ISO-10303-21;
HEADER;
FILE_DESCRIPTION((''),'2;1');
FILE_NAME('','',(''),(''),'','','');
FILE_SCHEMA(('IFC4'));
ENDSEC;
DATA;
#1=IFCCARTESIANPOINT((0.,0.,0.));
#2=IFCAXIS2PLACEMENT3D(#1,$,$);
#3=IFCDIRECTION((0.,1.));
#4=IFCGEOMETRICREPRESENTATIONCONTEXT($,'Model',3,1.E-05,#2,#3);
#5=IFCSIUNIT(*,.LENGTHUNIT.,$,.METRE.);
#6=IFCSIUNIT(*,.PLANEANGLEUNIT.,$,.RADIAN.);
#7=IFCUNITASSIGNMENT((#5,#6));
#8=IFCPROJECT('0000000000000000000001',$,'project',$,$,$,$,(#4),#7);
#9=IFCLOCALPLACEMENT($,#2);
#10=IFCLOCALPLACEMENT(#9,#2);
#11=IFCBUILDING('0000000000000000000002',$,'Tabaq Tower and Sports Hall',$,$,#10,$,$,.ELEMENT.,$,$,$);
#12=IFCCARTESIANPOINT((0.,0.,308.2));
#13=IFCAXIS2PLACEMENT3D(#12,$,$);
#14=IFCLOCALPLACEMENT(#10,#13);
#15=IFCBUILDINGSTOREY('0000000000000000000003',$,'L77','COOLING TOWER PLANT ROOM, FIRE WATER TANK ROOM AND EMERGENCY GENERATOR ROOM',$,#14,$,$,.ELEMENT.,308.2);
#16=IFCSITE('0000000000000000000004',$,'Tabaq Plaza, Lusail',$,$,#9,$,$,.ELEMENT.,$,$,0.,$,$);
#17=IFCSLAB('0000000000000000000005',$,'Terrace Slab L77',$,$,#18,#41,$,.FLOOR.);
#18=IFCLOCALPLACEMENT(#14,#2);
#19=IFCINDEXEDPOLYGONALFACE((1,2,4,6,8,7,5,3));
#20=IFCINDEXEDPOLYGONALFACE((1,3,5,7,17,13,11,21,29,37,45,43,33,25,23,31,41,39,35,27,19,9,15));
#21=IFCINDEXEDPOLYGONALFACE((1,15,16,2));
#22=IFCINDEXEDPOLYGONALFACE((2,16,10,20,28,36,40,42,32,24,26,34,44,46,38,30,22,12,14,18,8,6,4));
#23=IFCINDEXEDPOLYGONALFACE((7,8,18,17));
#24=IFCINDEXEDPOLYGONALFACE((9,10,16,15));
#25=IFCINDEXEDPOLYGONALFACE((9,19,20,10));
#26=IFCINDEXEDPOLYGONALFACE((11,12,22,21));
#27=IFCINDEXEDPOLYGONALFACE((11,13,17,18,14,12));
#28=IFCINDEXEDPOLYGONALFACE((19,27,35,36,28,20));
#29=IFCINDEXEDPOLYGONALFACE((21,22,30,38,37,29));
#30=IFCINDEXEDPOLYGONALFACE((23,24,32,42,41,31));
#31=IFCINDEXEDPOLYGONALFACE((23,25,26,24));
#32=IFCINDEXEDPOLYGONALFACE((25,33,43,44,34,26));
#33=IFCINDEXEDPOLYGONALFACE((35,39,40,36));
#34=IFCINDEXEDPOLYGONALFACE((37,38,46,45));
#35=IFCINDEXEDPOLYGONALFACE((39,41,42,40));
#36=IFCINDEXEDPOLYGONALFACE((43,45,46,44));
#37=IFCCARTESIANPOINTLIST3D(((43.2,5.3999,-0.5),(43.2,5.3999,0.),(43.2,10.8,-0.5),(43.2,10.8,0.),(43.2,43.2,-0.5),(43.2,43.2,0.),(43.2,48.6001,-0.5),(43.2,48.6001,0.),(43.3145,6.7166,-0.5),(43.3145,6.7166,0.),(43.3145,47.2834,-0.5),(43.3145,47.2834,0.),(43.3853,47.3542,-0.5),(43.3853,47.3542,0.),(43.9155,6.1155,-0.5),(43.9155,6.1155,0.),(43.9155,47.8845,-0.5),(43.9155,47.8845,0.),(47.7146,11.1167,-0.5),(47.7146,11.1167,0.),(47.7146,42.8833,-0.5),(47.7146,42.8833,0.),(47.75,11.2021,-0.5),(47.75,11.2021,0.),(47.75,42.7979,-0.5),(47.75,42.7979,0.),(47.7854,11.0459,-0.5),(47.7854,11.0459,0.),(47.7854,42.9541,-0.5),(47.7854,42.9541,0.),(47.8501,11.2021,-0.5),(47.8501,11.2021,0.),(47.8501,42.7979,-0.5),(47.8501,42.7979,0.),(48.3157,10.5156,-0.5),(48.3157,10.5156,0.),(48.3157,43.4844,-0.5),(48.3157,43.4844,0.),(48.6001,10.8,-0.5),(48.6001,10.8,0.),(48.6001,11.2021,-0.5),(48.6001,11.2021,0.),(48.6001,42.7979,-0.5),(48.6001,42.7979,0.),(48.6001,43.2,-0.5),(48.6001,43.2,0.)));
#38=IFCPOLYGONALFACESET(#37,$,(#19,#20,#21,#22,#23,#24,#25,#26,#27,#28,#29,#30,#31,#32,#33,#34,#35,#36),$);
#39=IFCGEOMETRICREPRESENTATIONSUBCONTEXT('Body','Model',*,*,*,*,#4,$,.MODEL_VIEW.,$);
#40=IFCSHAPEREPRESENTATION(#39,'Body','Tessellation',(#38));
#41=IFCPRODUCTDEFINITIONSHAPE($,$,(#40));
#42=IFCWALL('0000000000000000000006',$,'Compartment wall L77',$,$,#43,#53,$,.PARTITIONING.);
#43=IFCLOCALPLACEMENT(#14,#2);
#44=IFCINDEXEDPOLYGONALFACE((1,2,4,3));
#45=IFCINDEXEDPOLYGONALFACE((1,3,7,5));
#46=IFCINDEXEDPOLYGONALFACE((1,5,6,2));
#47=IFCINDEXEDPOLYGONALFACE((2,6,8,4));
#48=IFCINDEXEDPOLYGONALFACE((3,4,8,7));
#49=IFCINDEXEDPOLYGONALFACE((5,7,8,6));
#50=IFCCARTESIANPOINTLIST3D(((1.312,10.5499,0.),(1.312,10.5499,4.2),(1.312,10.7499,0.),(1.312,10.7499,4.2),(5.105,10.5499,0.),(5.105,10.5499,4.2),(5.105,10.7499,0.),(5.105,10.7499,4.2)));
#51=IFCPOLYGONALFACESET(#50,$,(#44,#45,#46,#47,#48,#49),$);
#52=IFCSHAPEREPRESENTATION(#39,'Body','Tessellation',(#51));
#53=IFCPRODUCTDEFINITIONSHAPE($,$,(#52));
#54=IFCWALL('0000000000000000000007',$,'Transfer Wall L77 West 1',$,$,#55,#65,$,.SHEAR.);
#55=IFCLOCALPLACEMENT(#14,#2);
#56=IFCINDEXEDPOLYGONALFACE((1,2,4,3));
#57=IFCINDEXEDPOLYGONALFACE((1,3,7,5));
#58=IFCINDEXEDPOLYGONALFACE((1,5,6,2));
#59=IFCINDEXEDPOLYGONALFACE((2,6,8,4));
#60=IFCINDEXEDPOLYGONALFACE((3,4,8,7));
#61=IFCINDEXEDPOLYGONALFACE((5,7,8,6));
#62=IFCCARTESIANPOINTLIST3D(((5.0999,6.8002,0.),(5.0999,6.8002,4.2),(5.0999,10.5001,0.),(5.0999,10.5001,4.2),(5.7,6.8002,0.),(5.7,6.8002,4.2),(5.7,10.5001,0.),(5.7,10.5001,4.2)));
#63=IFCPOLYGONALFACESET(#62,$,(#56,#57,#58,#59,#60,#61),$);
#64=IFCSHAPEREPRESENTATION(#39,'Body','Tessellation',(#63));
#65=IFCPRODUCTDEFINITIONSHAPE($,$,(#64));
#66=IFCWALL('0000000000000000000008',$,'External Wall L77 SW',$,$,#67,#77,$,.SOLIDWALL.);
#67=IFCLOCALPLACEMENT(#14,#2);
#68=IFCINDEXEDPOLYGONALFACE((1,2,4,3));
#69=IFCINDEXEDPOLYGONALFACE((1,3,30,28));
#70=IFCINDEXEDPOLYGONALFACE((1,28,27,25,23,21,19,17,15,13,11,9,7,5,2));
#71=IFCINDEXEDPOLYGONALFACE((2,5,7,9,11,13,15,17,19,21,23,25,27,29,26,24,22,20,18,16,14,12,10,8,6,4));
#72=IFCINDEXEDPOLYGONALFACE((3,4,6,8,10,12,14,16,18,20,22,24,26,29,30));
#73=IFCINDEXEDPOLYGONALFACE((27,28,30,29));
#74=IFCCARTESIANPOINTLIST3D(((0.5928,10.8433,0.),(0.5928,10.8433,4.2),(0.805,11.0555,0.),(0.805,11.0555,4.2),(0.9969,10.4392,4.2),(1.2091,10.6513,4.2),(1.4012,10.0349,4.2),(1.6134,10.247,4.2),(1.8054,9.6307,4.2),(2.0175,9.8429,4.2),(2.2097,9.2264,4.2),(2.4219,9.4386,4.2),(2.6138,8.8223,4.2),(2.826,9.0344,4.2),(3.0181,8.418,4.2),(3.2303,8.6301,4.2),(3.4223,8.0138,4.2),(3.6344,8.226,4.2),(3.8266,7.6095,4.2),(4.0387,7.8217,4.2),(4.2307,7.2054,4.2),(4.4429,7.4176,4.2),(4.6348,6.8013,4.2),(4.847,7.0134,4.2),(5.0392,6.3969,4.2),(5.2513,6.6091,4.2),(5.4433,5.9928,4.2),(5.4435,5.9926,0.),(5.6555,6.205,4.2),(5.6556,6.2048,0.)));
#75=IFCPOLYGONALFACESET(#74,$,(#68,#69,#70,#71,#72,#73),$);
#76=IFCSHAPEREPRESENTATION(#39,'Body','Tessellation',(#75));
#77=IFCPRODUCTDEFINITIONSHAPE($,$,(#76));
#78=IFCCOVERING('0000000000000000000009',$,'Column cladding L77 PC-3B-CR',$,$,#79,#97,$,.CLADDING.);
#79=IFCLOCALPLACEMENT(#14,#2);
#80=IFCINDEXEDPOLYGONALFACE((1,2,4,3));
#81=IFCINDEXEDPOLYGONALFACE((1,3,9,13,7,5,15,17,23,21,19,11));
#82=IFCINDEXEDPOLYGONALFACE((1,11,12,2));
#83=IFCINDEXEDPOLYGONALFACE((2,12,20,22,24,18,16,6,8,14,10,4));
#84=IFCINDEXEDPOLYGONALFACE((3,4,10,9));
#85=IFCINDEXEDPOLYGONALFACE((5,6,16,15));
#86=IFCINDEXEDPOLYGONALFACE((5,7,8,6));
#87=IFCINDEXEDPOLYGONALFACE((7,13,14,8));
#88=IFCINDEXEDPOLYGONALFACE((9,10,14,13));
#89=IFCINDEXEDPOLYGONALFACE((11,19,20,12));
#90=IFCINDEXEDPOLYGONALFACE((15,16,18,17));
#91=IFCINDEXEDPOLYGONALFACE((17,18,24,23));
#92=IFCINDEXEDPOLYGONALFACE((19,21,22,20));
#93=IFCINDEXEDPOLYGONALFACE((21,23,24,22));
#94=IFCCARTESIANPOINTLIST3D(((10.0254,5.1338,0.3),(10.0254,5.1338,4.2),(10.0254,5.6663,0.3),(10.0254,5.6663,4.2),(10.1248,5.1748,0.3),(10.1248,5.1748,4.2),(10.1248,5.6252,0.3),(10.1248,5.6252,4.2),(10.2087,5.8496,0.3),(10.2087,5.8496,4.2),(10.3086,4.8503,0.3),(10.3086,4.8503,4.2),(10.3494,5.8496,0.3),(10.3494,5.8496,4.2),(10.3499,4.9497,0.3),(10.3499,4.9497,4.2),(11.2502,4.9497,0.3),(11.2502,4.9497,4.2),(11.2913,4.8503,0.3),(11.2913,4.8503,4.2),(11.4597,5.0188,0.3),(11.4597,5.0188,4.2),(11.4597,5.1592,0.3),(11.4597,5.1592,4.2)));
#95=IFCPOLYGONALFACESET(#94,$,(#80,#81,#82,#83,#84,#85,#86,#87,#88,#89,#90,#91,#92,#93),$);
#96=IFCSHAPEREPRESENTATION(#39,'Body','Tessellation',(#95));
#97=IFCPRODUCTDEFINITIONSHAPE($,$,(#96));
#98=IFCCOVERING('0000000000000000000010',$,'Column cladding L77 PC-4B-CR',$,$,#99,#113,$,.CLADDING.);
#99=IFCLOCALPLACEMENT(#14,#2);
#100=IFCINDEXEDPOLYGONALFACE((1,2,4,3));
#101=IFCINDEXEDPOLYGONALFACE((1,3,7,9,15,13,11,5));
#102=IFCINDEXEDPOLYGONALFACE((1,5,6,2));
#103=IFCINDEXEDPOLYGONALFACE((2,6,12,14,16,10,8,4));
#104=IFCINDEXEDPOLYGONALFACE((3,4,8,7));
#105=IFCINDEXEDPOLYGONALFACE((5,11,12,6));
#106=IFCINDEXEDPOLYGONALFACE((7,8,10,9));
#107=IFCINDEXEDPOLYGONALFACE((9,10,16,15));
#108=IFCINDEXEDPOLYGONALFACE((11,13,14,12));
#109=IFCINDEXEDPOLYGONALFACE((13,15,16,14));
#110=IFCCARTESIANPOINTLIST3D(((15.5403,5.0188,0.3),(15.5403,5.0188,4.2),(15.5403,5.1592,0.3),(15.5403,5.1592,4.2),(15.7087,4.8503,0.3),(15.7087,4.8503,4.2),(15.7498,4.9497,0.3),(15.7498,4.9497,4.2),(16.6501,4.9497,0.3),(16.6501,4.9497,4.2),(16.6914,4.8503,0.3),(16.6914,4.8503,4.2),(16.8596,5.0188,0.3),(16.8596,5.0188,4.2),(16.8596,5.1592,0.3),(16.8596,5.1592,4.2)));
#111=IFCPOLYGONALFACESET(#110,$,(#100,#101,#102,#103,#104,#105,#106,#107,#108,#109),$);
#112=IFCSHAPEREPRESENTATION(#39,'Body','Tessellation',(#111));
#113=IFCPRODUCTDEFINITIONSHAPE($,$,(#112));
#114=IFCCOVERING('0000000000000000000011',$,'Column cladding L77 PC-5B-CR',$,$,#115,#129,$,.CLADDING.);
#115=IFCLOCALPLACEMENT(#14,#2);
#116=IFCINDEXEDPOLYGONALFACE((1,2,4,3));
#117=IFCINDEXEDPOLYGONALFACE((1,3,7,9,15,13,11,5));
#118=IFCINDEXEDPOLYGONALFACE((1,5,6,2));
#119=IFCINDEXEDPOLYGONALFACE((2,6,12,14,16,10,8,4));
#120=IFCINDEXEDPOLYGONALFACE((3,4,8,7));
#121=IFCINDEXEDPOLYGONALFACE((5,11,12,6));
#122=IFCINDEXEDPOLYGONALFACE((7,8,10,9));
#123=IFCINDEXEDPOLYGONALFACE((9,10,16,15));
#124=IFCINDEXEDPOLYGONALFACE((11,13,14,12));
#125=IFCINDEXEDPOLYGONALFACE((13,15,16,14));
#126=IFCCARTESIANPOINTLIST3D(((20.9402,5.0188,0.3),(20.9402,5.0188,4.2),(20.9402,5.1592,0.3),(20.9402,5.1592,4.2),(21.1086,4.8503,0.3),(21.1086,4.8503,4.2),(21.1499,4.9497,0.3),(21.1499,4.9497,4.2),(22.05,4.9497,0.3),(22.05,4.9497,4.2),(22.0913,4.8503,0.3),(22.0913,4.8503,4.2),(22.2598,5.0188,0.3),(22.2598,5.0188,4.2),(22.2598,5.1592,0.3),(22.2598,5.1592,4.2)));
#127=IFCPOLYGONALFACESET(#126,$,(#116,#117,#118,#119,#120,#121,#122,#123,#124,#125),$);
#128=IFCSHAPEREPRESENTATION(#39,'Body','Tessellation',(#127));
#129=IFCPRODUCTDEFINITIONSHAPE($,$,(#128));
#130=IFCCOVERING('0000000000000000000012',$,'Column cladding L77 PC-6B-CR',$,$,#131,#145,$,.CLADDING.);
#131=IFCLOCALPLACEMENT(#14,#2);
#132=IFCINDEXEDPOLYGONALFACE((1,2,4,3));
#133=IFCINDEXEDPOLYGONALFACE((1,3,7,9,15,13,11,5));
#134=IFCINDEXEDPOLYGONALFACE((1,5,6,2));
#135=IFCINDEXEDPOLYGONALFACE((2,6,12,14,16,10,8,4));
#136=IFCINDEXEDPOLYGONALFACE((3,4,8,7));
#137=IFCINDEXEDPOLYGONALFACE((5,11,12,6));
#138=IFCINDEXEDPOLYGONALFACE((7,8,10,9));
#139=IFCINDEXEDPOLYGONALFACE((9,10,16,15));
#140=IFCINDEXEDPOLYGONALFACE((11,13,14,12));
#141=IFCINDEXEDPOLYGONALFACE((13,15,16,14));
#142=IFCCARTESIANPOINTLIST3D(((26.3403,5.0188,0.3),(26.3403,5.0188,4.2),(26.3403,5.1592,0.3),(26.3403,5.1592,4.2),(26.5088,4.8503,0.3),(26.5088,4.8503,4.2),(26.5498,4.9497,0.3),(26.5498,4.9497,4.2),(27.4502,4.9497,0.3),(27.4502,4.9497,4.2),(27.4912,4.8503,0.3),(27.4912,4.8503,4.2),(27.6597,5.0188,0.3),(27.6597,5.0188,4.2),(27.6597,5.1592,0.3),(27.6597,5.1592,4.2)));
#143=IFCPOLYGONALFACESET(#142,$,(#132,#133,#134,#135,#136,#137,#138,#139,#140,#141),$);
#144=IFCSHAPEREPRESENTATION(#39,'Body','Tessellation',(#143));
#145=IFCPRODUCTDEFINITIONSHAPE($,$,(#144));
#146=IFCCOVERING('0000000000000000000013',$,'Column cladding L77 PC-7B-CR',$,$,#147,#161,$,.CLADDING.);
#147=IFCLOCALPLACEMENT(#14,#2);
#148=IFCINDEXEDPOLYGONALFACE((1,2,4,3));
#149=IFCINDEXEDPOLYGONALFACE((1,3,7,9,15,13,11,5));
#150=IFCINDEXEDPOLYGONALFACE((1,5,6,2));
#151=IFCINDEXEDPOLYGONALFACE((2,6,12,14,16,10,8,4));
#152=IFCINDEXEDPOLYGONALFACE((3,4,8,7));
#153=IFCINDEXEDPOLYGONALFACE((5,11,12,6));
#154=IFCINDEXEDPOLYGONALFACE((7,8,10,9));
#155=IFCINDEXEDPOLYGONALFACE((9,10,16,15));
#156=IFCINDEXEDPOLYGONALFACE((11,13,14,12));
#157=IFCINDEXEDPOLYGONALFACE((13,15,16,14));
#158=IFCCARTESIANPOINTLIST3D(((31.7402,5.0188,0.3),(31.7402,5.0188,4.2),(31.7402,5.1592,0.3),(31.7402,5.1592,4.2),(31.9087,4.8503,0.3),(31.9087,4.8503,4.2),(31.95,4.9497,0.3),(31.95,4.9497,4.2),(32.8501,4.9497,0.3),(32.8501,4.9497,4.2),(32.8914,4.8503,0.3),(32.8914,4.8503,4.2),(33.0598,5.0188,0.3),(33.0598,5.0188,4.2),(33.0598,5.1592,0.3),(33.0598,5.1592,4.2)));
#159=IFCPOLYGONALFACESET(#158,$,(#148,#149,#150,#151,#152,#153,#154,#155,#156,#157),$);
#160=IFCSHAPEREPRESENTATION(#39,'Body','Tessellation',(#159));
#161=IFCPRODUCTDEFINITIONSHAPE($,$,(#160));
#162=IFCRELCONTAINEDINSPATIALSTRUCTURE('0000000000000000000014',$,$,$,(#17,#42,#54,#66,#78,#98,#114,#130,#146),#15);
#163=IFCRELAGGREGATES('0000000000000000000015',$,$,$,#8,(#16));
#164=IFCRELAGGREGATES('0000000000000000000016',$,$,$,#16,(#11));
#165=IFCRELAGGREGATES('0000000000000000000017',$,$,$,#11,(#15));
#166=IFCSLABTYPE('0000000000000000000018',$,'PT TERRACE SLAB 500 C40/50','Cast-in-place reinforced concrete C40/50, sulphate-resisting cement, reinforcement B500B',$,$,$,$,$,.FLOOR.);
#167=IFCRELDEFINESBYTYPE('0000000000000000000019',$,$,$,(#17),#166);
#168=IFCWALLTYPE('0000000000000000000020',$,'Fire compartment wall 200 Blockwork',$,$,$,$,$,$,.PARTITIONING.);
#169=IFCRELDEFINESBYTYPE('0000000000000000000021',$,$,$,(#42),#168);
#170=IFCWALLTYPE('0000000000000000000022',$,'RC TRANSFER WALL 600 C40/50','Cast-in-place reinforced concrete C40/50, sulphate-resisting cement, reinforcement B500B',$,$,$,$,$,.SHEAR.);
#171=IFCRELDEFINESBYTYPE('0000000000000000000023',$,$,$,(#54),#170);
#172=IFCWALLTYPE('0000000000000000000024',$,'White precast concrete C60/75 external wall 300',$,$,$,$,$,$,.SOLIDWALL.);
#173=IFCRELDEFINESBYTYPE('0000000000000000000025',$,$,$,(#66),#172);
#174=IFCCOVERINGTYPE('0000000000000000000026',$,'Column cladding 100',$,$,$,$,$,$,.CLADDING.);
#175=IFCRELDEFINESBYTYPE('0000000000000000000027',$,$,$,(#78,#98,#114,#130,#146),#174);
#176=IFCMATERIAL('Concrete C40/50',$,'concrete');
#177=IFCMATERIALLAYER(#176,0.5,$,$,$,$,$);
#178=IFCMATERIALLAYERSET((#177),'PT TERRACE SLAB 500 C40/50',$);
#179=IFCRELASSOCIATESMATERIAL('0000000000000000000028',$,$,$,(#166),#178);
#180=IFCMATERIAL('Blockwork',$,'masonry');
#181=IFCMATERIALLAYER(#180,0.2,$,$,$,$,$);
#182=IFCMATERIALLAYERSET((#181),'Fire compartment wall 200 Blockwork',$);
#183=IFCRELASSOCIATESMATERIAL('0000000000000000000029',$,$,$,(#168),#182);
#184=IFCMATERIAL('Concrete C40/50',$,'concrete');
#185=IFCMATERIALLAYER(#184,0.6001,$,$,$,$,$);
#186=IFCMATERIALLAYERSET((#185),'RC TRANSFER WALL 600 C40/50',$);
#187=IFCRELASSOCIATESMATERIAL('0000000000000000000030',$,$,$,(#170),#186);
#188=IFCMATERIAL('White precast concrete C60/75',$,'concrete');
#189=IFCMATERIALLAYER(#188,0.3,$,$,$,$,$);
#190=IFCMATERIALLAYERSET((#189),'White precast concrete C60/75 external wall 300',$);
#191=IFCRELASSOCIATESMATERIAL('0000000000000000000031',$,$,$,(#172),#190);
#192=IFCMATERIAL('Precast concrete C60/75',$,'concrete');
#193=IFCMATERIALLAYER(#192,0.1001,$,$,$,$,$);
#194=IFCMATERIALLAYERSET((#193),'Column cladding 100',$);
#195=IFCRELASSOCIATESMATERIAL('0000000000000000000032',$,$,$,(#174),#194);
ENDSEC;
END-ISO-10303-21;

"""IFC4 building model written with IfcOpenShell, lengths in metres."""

from ifc_helpers import new_model, si_unit, direction, frame, frame_2d, origin, place, context, subcontext, project, spatial, polyline, rectangle, outline, extrude, material, layer, layer_set, type_object, element, save


model = new_model("IFC4")

# Units and contexts
model_context = context("Model", 3, precision=1e-05, world=origin(), true_north=direction((0.0, 1.0)))
body_context = subcontext(model_context, "Body", "Model", "MODEL_VIEW")
ifc_project = project(units=[si_unit("LENGTHUNIT", "METRE"), si_unit("PLANEANGLEUNIT", "RADIAN")], contexts=[model_context])

# Site, building, storey
site_placement = place(None, origin())
site = spatial("IfcSite", under=ifc_project, at=site_placement, Name="Tabaq Plaza, Lusail", CompositionType="ELEMENT", RefElevation=0.0)
building_placement = place(site_placement, origin())
building = spatial("IfcBuilding", under=site, at=building_placement, Name="Tabaq Tower and Sports Hall", CompositionType="ELEMENT")
storey_placement = place(building_placement, frame((0.0, 0.0, 308.2)))
storey = spatial("IfcBuildingStorey", under=building, at=storey_placement, Name="L77", Description="COOLING TOWER PLANT ROOM, FIRE WATER TANK ROOM AND EMERGENCY GENERATOR ROOM", CompositionType="ELEMENT", Elevation=308.2)

# Slab
ifc_material_1 = material(Name="Concrete C40/50", Category="concrete")
ifc_layer_1 = layer(ifc_material_1, 0.5)
ifc_layer_set_1 = layer_set([ifc_layer_1], Name="PT TERRACE SLAB 500 C40/50")
slab_type_1 = type_object("IfcSlabType", Name="PT TERRACE SLAB 500 C40/50", Description="Cast-in-place reinforced concrete C40/50, sulphate-resisting cement, reinforcement B500B", PredefinedType="FLOOR", material=ifc_layer_set_1)
slab_1_placement = place(storey_placement, frame((0.0, 0.0, -0.5)))
element("IfcSlab", 1, at=slab_1_placement, inside=storey, type_object=slab_type_1, Name="Terrace Slab L77", PredefinedType="FLOOR", context=body_context, shape_type="SweptSolid", body=[
    extrude(outline(polyline([(48.3157, 10.5156), (48.6001, 10.8), (48.6001, 11.2021), (47.8501, 11.2021), (47.75, 11.2021), (47.75, 42.7979), (47.8501, 42.7979), (48.6001, 42.7979), (48.6001, 43.2), (48.3157, 43.4844), (47.7854, 42.9541), (47.7146, 42.8833), (43.3145, 47.2834), (43.3853, 47.3542), (43.9155, 47.8845), (43.2, 48.6001), (43.2, 43.2), (43.2, 10.8), (43.2, 5.3999), (43.9155, 6.1155), (43.3145, 6.7166), (47.7146, 11.1167), (47.7854, 11.0459), (48.3157, 10.5156)])), origin(), (0.0, 0.0, 1.0), 0.5),
])

# Wall
ifc_material_2 = material(Name="Blockwork", Category="masonry")
ifc_layer_2 = layer(ifc_material_2, 0.2)
ifc_layer_set_2 = layer_set([ifc_layer_2], Name="Fire compartment wall 200 Blockwork")
wall_type_1 = type_object("IfcWallType", Name="Fire compartment wall 200 Blockwork", PredefinedType="PARTITIONING", material=ifc_layer_set_2)
wall_1_placement = place(storey_placement, frame((1.312, 10.6499, 0.0), z_axis=(0.0, 0.0, 1.0), x_axis=(1.0, 0.0, 0.0)))
element("IfcWall", 2, at=wall_1_placement, inside=storey, type_object=wall_type_1, Name="Compartment wall L77", PredefinedType="PARTITIONING", context=body_context, shape_type="SweptSolid", body=[
    extrude(rectangle(XDim=3.793, YDim=0.2, at=frame_2d((1.8965, 0.0))), origin(), (0.0, 0.0, 1.0), 4.2),
])

# Walls
ifc_material_3 = material(Name="Concrete C40/50", Category="concrete")
ifc_layer_3 = layer(ifc_material_3, 0.6001)
ifc_layer_set_3 = layer_set([ifc_layer_3], Name="RC TRANSFER WALL 600 C40/50")
wall_type_2 = type_object("IfcWallType", Name="RC TRANSFER WALL 600 C40/50", Description="Cast-in-place reinforced concrete C40/50, sulphate-resisting cement, reinforcement B500B", PredefinedType="SHEAR", material=ifc_layer_set_3)
wall_2_placement = place(storey_placement, frame((5.3999, 6.8, 0.0), z_axis=(0.0, 0.0, 1.0), x_axis=(0.0, 1.0, 0.0)))
element("IfcWall", 3, at=wall_2_placement, inside=storey, type_object=wall_type_2, Name="Transfer Wall L77 West 1", PredefinedType="SHEAR", context=body_context, shape_type="SweptSolid", body=[
    extrude(rectangle(XDim=3.7, YDim=0.6001, at=frame_2d((1.8501, 0.0))), origin(), (0.0, 0.0, 1.0), 4.2),
])
ifc_material_4 = material(Name="White precast concrete C60/75", Category="concrete")
ifc_layer_4 = layer(ifc_material_4, 0.3)
ifc_layer_set_4 = layer_set([ifc_layer_4], Name="White precast concrete C60/75 external wall 300")
wall_type_3 = type_object("IfcWallType", Name="White precast concrete C60/75 external wall 300", PredefinedType="SOLIDWALL", material=ifc_layer_set_4)
wall_3_placement = place(storey_placement, frame((0.699, 10.9495, 0.0), z_axis=(0.0, 0.0, 1.0), x_axis=(0.707107, -0.707107, 0.0)))
element("IfcWall", 4, at=wall_3_placement, inside=storey, type_object=wall_type_3, Name="External Wall L77 SW", PredefinedType="SOLIDWALL", context=body_context, shape_type="SweptSolid", body=[
    extrude(outline(polyline([(0.0, 0.0), (6.8599, 0.0), (6.8596, 4.2), (6.2881, 4.2), (5.7163, 4.2), (5.1448, 4.2), (4.5732, 4.2), (4.0015, 4.2), (3.4299, 4.2), (2.8582, 4.2), (2.2866, 4.2), (1.7148, 4.2), (1.1433, 4.2), (0.5715, 4.2), (0.0, 4.2), (0.0, 0.0)])), frame((0.0, 0.1499, 0.0), z_axis=(0.0, -1.0, 0.0), x_axis=(1.0, 0.0, 0.0)), (0.0, 0.0, 1.0), 0.3),
])

# Coverings
ifc_material_5 = material(Name="Precast concrete C60/75", Category="concrete")
ifc_layer_5 = layer(ifc_material_5, 0.1001)
ifc_layer_set_5 = layer_set([ifc_layer_5], Name="Column cladding 100")
covering_type_1 = type_object("IfcCoveringType", Name="Column cladding 100", PredefinedType="CLADDING", material=ifc_layer_set_5)
covering_1_placement = place(storey_placement, frame((0.0, 0.0, 0.3)))
element("IfcCovering", 5, at=covering_1_placement, inside=storey, type_object=covering_type_1, Name="Column cladding L77 PC-3B-CR", PredefinedType="CLADDING", context=body_context, shape_type="SweptSolid", body=[
    extrude(outline(polyline([(10.0254, 5.6663), (10.2087, 5.8496), (10.3494, 5.8496), (10.1248, 5.6252), (10.1248, 5.1748), (10.3499, 4.9497), (11.2502, 4.9497), (11.4597, 5.1592), (11.4597, 5.0188), (11.2913, 4.8503), (10.3086, 4.8503), (10.0254, 5.1338), (10.0254, 5.6663)])), origin(), (0.0, 0.0, 1.0), 3.8999),
])
covering_2_placement = place(storey_placement, frame((0.0, 0.0, 0.3)))
element("IfcCovering", 6, at=covering_2_placement, inside=storey, type_object=covering_type_1, Name="Column cladding L77 PC-4B-CR", PredefinedType="CLADDING", context=body_context, shape_type="SweptSolid", body=[
    extrude(outline(polyline([(16.6914, 4.8503), (15.7087, 4.8503), (15.5403, 5.0188), (15.5403, 5.1592), (15.7498, 4.9497), (16.6501, 4.9497), (16.8596, 5.1592), (16.8596, 5.0188), (16.6914, 4.8503)])), origin(), (0.0, 0.0, 1.0), 3.8999),
])
covering_3_placement = place(storey_placement, frame((0.0, 0.0, 0.3)))
element("IfcCovering", 7, at=covering_3_placement, inside=storey, type_object=covering_type_1, Name="Column cladding L77 PC-5B-CR", PredefinedType="CLADDING", context=body_context, shape_type="SweptSolid", body=[
    extrude(outline(polyline([(22.0913, 4.8503), (21.1086, 4.8503), (20.9402, 5.0188), (20.9402, 5.1592), (21.1499, 4.9497), (22.05, 4.9497), (22.2598, 5.1592), (22.2598, 5.0188), (22.0913, 4.8503)])), origin(), (0.0, 0.0, 1.0), 3.8999),
])
covering_4_placement = place(storey_placement, frame((0.0, 0.0, 0.3)))
element("IfcCovering", 8, at=covering_4_placement, inside=storey, type_object=covering_type_1, Name="Column cladding L77 PC-6B-CR", PredefinedType="CLADDING", context=body_context, shape_type="SweptSolid", body=[
    extrude(outline(polyline([(27.4912, 4.8503), (26.5088, 4.8503), (26.3403, 5.0188), (26.3403, 5.1592), (26.5498, 4.9497), (27.4502, 4.9497), (27.6597, 5.1592), (27.6597, 5.0188), (27.4912, 4.8503)])), origin(), (0.0, 0.0, 1.0), 3.8999),
])
covering_5_placement = place(storey_placement, frame((0.0, 0.0, 0.3)))
element("IfcCovering", 9, at=covering_5_placement, inside=storey, type_object=covering_type_1, Name="Column cladding L77 PC-7B-CR", PredefinedType="CLADDING", context=body_context, shape_type="SweptSolid", body=[
    extrude(outline(polyline([(32.8914, 4.8503), (31.9087, 4.8503), (31.7402, 5.0188), (31.7402, 5.1592), (31.95, 4.9497), (32.8501, 4.9497), (33.0598, 5.1592), (33.0598, 5.0188), (32.8914, 4.8503)])), origin(), (0.0, 0.0, 1.0), 3.8999),
])

save(model, "model.ifc")
